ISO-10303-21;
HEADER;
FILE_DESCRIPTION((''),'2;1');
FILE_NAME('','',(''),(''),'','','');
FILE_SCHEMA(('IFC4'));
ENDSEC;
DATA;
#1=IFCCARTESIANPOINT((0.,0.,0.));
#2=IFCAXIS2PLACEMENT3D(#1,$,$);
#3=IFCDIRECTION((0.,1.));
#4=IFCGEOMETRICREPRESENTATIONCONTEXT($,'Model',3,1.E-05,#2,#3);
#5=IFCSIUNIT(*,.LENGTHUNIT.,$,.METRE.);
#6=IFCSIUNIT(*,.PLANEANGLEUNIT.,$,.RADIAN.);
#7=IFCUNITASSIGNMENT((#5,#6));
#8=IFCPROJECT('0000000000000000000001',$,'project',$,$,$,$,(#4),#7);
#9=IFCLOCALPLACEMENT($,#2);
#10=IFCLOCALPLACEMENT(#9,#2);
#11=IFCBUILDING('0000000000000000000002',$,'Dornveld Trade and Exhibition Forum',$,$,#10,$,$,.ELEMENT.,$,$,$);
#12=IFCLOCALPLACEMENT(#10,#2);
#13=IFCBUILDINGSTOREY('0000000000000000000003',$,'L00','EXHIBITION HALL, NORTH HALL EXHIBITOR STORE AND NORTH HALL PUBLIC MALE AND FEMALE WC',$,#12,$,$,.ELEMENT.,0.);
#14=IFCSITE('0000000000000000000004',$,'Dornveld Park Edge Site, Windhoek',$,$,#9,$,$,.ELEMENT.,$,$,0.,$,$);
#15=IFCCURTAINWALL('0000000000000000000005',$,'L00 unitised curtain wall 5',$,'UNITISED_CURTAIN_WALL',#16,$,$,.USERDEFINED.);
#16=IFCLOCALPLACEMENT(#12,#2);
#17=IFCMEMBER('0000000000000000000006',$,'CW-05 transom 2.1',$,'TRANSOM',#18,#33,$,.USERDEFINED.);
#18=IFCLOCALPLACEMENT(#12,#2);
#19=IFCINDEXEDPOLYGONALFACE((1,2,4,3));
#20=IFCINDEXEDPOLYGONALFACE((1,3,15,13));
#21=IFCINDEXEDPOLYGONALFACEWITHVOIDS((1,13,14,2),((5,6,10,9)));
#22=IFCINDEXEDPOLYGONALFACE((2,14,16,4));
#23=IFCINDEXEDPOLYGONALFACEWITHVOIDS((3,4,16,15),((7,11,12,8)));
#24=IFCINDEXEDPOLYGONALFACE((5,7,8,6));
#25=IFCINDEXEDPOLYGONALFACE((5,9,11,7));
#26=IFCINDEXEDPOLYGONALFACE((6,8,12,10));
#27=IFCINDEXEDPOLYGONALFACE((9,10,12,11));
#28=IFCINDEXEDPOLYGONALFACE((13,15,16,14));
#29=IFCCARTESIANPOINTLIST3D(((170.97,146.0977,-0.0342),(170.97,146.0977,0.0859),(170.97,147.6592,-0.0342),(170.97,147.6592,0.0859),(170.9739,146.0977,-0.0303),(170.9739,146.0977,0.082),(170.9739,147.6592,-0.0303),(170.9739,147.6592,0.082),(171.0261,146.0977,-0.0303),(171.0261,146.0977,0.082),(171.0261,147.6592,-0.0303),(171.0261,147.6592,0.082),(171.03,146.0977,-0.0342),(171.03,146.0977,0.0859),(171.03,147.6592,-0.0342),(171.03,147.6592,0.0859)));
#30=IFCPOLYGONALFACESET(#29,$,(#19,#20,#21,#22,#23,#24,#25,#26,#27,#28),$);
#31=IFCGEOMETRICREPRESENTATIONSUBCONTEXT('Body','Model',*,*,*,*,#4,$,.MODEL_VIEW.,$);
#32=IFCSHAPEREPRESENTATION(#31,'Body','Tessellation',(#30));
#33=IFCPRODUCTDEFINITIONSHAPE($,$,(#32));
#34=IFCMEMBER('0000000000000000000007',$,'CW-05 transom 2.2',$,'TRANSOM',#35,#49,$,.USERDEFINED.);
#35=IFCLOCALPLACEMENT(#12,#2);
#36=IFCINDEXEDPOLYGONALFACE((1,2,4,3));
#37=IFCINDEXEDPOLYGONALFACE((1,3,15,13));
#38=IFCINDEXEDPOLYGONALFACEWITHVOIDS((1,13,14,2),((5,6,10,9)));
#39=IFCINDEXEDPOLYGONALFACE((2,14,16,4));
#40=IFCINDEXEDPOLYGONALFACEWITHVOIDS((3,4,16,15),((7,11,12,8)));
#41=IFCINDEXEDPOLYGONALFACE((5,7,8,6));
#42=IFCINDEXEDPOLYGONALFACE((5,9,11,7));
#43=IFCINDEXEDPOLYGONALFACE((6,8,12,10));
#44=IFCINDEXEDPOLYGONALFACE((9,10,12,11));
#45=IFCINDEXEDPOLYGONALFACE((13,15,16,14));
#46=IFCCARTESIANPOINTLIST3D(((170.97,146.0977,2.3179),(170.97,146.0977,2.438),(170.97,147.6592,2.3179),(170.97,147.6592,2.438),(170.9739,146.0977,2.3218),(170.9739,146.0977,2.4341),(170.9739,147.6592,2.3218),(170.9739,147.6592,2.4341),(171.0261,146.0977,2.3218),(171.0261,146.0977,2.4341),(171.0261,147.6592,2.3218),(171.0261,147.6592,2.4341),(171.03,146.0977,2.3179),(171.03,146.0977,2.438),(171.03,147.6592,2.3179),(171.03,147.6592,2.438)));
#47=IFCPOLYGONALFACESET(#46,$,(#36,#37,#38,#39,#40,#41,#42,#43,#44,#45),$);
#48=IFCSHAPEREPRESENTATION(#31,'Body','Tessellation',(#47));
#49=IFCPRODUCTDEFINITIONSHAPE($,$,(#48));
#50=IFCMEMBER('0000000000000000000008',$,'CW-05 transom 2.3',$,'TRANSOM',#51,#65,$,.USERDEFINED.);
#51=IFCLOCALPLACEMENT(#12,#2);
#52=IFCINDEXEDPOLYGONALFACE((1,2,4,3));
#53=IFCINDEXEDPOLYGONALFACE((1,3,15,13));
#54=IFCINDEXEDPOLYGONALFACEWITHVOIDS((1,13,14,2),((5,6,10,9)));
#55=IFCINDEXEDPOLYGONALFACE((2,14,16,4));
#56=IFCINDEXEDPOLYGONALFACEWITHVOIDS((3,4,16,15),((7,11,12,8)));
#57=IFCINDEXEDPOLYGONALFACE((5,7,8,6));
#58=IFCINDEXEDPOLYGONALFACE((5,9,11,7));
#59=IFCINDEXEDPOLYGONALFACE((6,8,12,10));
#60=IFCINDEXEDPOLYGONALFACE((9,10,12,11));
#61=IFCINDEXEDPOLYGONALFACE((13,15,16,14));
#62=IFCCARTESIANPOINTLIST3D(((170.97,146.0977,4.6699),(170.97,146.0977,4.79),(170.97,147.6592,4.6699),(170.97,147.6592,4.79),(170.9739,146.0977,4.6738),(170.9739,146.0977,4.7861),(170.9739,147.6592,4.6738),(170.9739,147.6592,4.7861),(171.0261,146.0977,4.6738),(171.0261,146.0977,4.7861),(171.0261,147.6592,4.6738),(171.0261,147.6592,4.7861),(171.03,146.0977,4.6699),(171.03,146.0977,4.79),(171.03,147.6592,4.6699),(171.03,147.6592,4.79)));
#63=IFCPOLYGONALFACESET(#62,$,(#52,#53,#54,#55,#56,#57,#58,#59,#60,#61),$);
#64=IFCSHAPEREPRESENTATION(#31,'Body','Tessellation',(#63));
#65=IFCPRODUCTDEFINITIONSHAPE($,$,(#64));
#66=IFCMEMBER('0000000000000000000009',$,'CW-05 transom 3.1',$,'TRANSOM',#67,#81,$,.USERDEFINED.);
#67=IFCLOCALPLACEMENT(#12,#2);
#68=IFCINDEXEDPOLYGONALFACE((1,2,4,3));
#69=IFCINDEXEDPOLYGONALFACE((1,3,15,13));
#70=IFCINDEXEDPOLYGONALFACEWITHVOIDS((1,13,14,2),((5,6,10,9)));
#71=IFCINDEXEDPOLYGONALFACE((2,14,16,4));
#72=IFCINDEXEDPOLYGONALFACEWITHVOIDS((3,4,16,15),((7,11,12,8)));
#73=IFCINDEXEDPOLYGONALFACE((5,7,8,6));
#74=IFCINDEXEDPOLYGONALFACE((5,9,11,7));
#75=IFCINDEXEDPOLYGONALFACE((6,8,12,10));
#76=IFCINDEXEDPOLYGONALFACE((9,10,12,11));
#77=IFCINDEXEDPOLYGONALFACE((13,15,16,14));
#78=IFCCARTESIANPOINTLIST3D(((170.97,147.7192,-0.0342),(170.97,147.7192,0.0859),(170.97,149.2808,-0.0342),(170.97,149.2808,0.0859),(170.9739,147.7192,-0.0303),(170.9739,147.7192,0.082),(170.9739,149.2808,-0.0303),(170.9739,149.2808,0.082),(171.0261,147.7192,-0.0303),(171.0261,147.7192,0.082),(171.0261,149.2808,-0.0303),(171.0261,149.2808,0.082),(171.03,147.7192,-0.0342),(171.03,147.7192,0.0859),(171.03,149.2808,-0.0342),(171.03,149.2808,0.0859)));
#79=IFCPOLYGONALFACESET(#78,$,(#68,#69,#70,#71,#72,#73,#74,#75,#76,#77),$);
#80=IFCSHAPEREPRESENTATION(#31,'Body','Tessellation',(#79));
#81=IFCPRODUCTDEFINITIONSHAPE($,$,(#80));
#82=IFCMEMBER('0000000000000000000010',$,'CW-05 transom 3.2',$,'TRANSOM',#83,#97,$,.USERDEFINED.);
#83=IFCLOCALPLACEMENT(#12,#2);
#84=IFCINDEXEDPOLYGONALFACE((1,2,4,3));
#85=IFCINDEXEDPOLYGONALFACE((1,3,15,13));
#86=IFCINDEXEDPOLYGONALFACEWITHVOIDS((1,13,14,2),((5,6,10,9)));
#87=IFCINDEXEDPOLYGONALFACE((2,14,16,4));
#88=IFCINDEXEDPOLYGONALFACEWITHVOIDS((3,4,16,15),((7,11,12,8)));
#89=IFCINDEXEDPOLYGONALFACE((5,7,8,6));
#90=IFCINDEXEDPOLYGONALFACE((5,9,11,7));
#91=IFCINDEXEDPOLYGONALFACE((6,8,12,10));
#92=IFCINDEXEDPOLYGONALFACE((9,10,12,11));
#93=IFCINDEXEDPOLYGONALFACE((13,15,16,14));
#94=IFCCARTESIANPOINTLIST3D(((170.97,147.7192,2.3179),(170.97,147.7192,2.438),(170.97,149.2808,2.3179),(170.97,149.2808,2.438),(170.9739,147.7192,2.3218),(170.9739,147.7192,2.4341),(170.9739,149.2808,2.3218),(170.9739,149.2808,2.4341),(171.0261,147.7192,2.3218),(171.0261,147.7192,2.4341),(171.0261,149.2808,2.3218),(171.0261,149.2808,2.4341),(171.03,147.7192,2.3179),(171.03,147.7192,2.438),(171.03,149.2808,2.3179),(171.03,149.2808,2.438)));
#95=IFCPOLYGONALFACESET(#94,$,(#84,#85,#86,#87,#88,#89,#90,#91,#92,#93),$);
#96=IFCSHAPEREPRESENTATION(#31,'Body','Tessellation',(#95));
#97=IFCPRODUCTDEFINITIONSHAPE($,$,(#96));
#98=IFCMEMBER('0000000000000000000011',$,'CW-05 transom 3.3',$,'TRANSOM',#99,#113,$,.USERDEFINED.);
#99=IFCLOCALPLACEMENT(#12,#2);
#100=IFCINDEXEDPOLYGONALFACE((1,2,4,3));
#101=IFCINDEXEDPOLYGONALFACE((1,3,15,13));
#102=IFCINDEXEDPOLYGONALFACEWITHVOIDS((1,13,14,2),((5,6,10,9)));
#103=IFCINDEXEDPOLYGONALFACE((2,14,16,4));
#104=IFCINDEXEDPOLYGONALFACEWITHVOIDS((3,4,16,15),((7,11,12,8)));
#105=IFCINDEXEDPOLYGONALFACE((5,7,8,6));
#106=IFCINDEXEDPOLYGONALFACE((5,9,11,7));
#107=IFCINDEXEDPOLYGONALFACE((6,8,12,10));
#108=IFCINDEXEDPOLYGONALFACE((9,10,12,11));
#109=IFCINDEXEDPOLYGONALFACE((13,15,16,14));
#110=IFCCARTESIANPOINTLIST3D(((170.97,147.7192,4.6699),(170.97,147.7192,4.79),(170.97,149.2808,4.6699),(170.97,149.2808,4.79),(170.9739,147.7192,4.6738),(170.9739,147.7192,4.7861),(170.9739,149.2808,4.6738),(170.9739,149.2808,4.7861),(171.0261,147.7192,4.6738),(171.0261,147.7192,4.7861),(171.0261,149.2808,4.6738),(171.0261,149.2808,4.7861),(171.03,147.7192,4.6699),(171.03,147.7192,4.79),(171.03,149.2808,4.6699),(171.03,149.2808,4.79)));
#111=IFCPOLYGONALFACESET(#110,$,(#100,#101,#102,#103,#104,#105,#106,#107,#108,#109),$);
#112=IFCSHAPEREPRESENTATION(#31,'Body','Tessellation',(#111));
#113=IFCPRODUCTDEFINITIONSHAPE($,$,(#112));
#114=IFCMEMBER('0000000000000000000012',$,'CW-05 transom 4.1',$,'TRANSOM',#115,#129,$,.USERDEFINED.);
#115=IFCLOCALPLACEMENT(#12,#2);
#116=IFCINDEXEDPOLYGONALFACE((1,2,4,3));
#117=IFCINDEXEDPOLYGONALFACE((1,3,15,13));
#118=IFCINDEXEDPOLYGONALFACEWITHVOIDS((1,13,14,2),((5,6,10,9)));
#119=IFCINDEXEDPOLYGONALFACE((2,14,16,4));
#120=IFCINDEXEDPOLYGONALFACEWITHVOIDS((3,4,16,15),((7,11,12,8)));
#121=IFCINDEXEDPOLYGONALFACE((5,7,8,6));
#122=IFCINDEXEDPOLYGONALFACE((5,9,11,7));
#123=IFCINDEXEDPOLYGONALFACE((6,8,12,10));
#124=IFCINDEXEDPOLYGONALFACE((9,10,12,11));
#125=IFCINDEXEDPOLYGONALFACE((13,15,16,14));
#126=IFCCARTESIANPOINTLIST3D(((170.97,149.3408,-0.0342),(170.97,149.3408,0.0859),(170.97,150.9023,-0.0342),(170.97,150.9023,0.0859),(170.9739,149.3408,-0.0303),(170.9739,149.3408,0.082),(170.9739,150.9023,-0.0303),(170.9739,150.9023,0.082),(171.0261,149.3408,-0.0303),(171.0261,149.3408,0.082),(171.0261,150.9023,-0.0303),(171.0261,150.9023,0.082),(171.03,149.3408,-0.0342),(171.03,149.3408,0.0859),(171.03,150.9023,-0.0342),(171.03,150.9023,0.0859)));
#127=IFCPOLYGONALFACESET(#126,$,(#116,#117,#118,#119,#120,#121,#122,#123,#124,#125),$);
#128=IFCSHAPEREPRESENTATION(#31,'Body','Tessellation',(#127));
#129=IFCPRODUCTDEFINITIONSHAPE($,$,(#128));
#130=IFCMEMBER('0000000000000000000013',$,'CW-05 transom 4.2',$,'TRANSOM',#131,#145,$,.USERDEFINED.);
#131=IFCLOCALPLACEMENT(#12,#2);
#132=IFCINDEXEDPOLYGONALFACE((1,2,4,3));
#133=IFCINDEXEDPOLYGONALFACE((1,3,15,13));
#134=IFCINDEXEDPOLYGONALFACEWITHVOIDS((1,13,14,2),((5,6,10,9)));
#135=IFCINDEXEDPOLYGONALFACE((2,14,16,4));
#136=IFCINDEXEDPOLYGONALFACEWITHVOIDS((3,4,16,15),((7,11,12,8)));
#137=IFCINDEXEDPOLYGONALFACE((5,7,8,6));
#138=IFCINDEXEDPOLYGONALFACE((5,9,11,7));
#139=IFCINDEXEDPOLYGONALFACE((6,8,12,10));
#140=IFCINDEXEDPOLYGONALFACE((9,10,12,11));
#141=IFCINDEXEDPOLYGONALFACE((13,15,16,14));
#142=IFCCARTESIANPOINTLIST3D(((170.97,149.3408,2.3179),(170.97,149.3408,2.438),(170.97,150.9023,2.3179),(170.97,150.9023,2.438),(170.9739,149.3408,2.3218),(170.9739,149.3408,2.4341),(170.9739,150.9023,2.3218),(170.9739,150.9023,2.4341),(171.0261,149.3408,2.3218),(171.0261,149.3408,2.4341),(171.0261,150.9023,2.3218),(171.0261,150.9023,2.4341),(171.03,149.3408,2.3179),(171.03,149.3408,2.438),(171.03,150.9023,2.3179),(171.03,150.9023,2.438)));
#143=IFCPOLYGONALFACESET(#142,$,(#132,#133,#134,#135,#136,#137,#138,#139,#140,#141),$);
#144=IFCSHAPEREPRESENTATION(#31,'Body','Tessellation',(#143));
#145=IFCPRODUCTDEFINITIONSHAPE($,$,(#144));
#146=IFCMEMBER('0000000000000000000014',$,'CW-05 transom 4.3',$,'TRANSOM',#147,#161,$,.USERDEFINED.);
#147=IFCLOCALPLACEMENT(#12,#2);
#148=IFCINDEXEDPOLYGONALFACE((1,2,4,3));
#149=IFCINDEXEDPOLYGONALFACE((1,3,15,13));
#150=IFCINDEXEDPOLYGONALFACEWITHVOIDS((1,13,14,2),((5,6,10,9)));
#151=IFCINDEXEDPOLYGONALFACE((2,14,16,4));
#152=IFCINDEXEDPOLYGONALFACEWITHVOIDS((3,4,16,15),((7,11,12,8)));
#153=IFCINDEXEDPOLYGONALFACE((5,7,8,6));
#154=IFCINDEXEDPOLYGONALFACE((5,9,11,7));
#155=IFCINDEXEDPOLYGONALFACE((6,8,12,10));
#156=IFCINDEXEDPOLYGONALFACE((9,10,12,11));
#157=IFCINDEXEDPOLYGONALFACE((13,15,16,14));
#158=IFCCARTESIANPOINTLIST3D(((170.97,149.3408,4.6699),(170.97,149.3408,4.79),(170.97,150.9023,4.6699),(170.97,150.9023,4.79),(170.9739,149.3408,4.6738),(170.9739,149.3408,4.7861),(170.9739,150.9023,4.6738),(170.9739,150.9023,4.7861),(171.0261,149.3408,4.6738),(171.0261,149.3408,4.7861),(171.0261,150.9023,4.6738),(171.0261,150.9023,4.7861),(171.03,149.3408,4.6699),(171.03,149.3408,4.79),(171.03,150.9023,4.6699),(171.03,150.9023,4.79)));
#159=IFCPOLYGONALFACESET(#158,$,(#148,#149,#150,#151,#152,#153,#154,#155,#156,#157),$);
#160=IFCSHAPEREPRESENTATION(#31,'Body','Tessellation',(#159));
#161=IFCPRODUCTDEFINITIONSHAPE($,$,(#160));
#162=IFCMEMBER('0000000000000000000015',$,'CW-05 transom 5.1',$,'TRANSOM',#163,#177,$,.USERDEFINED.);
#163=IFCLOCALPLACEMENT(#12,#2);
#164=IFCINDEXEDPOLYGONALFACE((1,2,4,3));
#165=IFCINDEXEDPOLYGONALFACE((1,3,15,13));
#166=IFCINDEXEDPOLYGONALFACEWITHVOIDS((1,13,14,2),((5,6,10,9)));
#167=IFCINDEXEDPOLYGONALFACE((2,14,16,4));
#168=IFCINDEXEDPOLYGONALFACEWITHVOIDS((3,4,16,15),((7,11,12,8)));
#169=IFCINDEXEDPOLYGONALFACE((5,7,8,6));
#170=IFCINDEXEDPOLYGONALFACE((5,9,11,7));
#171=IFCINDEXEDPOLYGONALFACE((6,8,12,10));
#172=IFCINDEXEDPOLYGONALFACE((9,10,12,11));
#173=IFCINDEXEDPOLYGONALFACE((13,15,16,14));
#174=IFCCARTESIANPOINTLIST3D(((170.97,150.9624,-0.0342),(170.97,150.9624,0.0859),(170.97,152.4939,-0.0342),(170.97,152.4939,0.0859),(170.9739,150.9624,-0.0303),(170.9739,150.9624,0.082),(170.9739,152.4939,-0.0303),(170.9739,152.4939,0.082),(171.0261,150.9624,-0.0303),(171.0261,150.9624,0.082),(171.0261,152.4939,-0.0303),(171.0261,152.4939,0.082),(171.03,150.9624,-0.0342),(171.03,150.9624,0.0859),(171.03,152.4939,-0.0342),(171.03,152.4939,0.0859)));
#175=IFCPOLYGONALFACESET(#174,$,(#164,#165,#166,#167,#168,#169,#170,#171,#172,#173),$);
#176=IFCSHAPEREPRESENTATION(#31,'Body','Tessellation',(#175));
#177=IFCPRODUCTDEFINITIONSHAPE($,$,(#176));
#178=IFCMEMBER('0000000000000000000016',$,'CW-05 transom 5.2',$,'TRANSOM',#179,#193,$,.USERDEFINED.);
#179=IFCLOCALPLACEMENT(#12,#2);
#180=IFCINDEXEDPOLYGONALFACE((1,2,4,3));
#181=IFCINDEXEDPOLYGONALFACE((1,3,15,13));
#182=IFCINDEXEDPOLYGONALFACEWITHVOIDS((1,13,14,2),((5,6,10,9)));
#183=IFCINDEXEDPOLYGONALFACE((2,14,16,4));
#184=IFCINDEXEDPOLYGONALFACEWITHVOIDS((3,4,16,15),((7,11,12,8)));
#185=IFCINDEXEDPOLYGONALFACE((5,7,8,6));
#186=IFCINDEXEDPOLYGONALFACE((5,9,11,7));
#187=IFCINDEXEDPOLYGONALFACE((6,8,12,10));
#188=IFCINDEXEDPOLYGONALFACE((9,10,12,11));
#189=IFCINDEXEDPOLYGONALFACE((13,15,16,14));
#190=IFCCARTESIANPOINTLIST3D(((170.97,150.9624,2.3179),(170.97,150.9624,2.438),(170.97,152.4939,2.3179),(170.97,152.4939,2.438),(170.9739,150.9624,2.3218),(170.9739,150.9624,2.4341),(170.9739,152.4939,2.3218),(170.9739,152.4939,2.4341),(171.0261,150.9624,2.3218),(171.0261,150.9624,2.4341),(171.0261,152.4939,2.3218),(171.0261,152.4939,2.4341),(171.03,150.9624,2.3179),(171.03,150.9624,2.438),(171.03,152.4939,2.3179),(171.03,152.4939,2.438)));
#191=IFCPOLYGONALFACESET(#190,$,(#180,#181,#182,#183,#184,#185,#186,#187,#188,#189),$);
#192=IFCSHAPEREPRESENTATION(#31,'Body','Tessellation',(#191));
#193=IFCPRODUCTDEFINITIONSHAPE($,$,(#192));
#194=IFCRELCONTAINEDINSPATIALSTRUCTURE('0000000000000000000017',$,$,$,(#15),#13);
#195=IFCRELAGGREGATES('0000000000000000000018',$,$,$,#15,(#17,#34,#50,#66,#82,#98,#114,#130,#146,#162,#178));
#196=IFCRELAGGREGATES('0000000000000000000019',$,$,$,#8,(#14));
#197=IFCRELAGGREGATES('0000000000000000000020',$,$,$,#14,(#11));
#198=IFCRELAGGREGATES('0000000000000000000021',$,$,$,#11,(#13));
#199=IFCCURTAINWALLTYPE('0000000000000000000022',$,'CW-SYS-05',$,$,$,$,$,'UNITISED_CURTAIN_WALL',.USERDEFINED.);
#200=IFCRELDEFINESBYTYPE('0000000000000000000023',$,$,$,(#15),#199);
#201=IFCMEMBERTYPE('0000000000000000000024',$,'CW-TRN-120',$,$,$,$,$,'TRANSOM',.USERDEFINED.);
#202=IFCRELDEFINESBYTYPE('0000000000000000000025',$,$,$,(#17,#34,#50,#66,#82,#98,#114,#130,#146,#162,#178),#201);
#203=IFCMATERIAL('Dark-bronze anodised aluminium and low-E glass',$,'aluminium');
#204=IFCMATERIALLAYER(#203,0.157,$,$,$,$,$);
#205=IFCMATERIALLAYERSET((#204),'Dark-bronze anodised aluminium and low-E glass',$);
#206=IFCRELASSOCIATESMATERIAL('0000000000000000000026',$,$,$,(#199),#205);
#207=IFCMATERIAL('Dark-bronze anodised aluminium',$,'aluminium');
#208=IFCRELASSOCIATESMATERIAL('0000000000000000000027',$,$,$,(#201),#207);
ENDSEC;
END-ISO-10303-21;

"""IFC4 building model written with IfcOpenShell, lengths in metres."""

from ifc_helpers import new_model, si_unit, direction, frame, origin, origin_2d, place, context, subcontext, project, spatial, hollow_rectangle, extrude, material, layer, layer_set, material_profile, profile_set, type_object, element, aggregate, save


model = new_model("IFC4")

# Units and contexts
model_context = context("Model", 3, precision=1e-05, world=origin(), true_north=direction((0.0, 1.0)))
body_context = subcontext(model_context, "Body", "Model", "MODEL_VIEW")
ifc_project = project(units=[si_unit("LENGTHUNIT", "METRE"), si_unit("PLANEANGLEUNIT", "RADIAN")], contexts=[model_context])

# Site, building, storey
site_placement = place(None, origin())
site = spatial("IfcSite", under=ifc_project, at=site_placement, Name="Dornveld Park Edge Site, Windhoek", CompositionType="ELEMENT", RefElevation=0.0)
building_placement = place(site_placement, origin())
building = spatial("IfcBuilding", under=site, at=building_placement, Name="Dornveld Trade and Exhibition Forum", CompositionType="ELEMENT")
storey_placement = place(building_placement, origin())
storey = spatial("IfcBuildingStorey", under=building, at=storey_placement, Name="L00", Description="EXHIBITION HALL, NORTH HALL EXHIBITOR STORE AND NORTH HALL PUBLIC MALE AND FEMALE WC", CompositionType="ELEMENT", Elevation=0.0)

# Curtain wall, members
ifc_material_1 = material(Name="Dark-bronze anodised aluminium and low-E glass", Category="aluminium")
ifc_layer_1 = layer(ifc_material_1, 0.157)
ifc_layer_set_1 = layer_set([ifc_layer_1], Name="Dark-bronze anodised aluminium and low-E glass")
curtain_wall_type_1 = type_object("IfcCurtainWallType", Name="CW-SYS-05", ElementType="UNITISED_CURTAIN_WALL", PredefinedType="USERDEFINED", material=ifc_layer_set_1)
curtain_wall_1_placement = place(storey_placement, origin())
curtain_wall_1 = element("IfcCurtainWall", 1, at=curtain_wall_1_placement, inside=storey, type_object=curtain_wall_type_1, Name="L00 unitised curtain wall 5", ObjectType="UNITISED_CURTAIN_WALL", PredefinedType="USERDEFINED")
ifc_material_2 = material(Name="Dark-bronze anodised aluminium", Category="aluminium")
ifc_material_profile_1 = material_profile(ifc_material_2, hollow_rectangle(XDim=0.0601, YDim=0.1201, WallThickness=0.0039, at=origin_2d()), Name="RHS 120x60x4")
ifc_profile_set_1 = profile_set([ifc_material_profile_1], Name="Dark-bronze anodised aluminium")
member_type_1 = type_object("IfcMemberType", Name="CW-TRN-120", ElementType="TRANSOM", PredefinedType="USERDEFINED", material=ifc_profile_set_1)
member_1_placement = place(storey_placement, frame((171.0, 146.0977, 0.0259), z_axis=(0.0, 1.0, 0.0), x_axis=(-1.0, 0.0, 0.0)))
member_1 = element("IfcMember", 2, at=member_1_placement, type_object=member_type_1, Name="CW-05 transom 2.1", ObjectType="TRANSOM", PredefinedType="USERDEFINED", context=body_context, shape_type="SweptSolid", body=[
    extrude(hollow_rectangle(XDim=0.0601, YDim=0.1201, WallThickness=0.0039, at=origin_2d()), origin(), (0.0, 0.0, 1.0), 1.5615),
])
member_2_placement = place(storey_placement, frame((171.0, 146.0977, 2.3779), z_axis=(0.0, 1.0, 0.0), x_axis=(-1.0, 0.0, 0.0)))
member_2 = element("IfcMember", 3, at=member_2_placement, type_object=member_type_1, Name="CW-05 transom 2.2", ObjectType="TRANSOM", PredefinedType="USERDEFINED", context=body_context, shape_type="SweptSolid", body=[
    extrude(hollow_rectangle(XDim=0.0601, YDim=0.1201, WallThickness=0.0039, at=origin_2d()), origin(), (0.0, 0.0, 1.0), 1.5615),
])
member_3_placement = place(storey_placement, frame((171.0, 146.0977, 4.73), z_axis=(0.0, 1.0, 0.0), x_axis=(-1.0, 0.0, 0.0)))
member_3 = element("IfcMember", 4, at=member_3_placement, type_object=member_type_1, Name="CW-05 transom 2.3", ObjectType="TRANSOM", PredefinedType="USERDEFINED", context=body_context, shape_type="SweptSolid", body=[
    extrude(hollow_rectangle(XDim=0.0601, YDim=0.1201, WallThickness=0.0039, at=origin_2d()), origin(), (0.0, 0.0, 1.0), 1.5615),
])
member_4_placement = place(storey_placement, frame((171.0, 147.7192, 0.0259), z_axis=(0.0, 1.0, 0.0), x_axis=(-1.0, 0.0, 0.0)))
member_4 = element("IfcMember", 5, at=member_4_placement, type_object=member_type_1, Name="CW-05 transom 3.1", ObjectType="TRANSOM", PredefinedType="USERDEFINED", context=body_context, shape_type="SweptSolid", body=[
    extrude(hollow_rectangle(XDim=0.0601, YDim=0.1201, WallThickness=0.0039, at=origin_2d()), origin(), (0.0, 0.0, 1.0), 1.5615),
])
member_5_placement = place(storey_placement, frame((171.0, 147.7192, 2.3779), z_axis=(0.0, 1.0, 0.0), x_axis=(-1.0, 0.0, 0.0)))
member_5 = element("IfcMember", 6, at=member_5_placement, type_object=member_type_1, Name="CW-05 transom 3.2", ObjectType="TRANSOM", PredefinedType="USERDEFINED", context=body_context, shape_type="SweptSolid", body=[
    extrude(hollow_rectangle(XDim=0.0601, YDim=0.1201, WallThickness=0.0039, at=origin_2d()), origin(), (0.0, 0.0, 1.0), 1.5615),
])
member_6_placement = place(storey_placement, frame((171.0, 147.7192, 4.73), z_axis=(0.0, 1.0, 0.0), x_axis=(-1.0, 0.0, 0.0)))
member_6 = element("IfcMember", 7, at=member_6_placement, type_object=member_type_1, Name="CW-05 transom 3.3", ObjectType="TRANSOM", PredefinedType="USERDEFINED", context=body_context, shape_type="SweptSolid", body=[
    extrude(hollow_rectangle(XDim=0.0601, YDim=0.1201, WallThickness=0.0039, at=origin_2d()), origin(), (0.0, 0.0, 1.0), 1.5615),
])
member_7_placement = place(storey_placement, frame((171.0, 149.3408, 0.0259), z_axis=(0.0, 1.0, 0.0), x_axis=(-1.0, 0.0, 0.0)))
member_7 = element("IfcMember", 8, at=member_7_placement, type_object=member_type_1, Name="CW-05 transom 4.1", ObjectType="TRANSOM", PredefinedType="USERDEFINED", context=body_context, shape_type="SweptSolid", body=[
    extrude(hollow_rectangle(XDim=0.0601, YDim=0.1201, WallThickness=0.0039, at=origin_2d()), origin(), (0.0, 0.0, 1.0), 1.5615),
])
member_8_placement = place(storey_placement, frame((171.0, 149.3408, 2.3779), z_axis=(0.0, 1.0, 0.0), x_axis=(-1.0, 0.0, 0.0)))
member_8 = element("IfcMember", 9, at=member_8_placement, type_object=member_type_1, Name="CW-05 transom 4.2", ObjectType="TRANSOM", PredefinedType="USERDEFINED", context=body_context, shape_type="SweptSolid", body=[
    extrude(hollow_rectangle(XDim=0.0601, YDim=0.1201, WallThickness=0.0039, at=origin_2d()), origin(), (0.0, 0.0, 1.0), 1.5615),
])
member_9_placement = place(storey_placement, frame((171.0, 149.3408, 4.73), z_axis=(0.0, 1.0, 0.0), x_axis=(-1.0, 0.0, 0.0)))
member_9 = element("IfcMember", 10, at=member_9_placement, type_object=member_type_1, Name="CW-05 transom 4.3", ObjectType="TRANSOM", PredefinedType="USERDEFINED", context=body_context, shape_type="SweptSolid", body=[
    extrude(hollow_rectangle(XDim=0.0601, YDim=0.1201, WallThickness=0.0039, at=origin_2d()), origin(), (0.0, 0.0, 1.0), 1.5615),
])
member_10_placement = place(storey_placement, frame((171.0, 150.9624, 0.0259), z_axis=(0.0, 1.0, 0.0), x_axis=(-1.0, 0.0, 0.0)))
member_10 = element("IfcMember", 11, at=member_10_placement, type_object=member_type_1, Name="CW-05 transom 5.1", ObjectType="TRANSOM", PredefinedType="USERDEFINED", context=body_context, shape_type="SweptSolid", body=[
    extrude(hollow_rectangle(XDim=0.0601, YDim=0.1201, WallThickness=0.0039, at=origin_2d()), origin(), (0.0, 0.0, 1.0), 1.5315),
])
member_11_placement = place(storey_placement, frame((171.0, 150.9624, 2.3779), z_axis=(0.0, 1.0, 0.0), x_axis=(-1.0, 0.0, 0.0)))
member_11 = element("IfcMember", 12, at=member_11_placement, type_object=member_type_1, Name="CW-05 transom 5.2", ObjectType="TRANSOM", PredefinedType="USERDEFINED", context=body_context, shape_type="SweptSolid", body=[
    extrude(hollow_rectangle(XDim=0.0601, YDim=0.1201, WallThickness=0.0039, at=origin_2d()), origin(), (0.0, 0.0, 1.0), 1.5315),
])
aggregate(curtain_wall_1, [member_1, member_2, member_3, member_4, member_5, member_6, member_7, member_8, member_9, member_10, member_11])

save(model, "model.ifc")
